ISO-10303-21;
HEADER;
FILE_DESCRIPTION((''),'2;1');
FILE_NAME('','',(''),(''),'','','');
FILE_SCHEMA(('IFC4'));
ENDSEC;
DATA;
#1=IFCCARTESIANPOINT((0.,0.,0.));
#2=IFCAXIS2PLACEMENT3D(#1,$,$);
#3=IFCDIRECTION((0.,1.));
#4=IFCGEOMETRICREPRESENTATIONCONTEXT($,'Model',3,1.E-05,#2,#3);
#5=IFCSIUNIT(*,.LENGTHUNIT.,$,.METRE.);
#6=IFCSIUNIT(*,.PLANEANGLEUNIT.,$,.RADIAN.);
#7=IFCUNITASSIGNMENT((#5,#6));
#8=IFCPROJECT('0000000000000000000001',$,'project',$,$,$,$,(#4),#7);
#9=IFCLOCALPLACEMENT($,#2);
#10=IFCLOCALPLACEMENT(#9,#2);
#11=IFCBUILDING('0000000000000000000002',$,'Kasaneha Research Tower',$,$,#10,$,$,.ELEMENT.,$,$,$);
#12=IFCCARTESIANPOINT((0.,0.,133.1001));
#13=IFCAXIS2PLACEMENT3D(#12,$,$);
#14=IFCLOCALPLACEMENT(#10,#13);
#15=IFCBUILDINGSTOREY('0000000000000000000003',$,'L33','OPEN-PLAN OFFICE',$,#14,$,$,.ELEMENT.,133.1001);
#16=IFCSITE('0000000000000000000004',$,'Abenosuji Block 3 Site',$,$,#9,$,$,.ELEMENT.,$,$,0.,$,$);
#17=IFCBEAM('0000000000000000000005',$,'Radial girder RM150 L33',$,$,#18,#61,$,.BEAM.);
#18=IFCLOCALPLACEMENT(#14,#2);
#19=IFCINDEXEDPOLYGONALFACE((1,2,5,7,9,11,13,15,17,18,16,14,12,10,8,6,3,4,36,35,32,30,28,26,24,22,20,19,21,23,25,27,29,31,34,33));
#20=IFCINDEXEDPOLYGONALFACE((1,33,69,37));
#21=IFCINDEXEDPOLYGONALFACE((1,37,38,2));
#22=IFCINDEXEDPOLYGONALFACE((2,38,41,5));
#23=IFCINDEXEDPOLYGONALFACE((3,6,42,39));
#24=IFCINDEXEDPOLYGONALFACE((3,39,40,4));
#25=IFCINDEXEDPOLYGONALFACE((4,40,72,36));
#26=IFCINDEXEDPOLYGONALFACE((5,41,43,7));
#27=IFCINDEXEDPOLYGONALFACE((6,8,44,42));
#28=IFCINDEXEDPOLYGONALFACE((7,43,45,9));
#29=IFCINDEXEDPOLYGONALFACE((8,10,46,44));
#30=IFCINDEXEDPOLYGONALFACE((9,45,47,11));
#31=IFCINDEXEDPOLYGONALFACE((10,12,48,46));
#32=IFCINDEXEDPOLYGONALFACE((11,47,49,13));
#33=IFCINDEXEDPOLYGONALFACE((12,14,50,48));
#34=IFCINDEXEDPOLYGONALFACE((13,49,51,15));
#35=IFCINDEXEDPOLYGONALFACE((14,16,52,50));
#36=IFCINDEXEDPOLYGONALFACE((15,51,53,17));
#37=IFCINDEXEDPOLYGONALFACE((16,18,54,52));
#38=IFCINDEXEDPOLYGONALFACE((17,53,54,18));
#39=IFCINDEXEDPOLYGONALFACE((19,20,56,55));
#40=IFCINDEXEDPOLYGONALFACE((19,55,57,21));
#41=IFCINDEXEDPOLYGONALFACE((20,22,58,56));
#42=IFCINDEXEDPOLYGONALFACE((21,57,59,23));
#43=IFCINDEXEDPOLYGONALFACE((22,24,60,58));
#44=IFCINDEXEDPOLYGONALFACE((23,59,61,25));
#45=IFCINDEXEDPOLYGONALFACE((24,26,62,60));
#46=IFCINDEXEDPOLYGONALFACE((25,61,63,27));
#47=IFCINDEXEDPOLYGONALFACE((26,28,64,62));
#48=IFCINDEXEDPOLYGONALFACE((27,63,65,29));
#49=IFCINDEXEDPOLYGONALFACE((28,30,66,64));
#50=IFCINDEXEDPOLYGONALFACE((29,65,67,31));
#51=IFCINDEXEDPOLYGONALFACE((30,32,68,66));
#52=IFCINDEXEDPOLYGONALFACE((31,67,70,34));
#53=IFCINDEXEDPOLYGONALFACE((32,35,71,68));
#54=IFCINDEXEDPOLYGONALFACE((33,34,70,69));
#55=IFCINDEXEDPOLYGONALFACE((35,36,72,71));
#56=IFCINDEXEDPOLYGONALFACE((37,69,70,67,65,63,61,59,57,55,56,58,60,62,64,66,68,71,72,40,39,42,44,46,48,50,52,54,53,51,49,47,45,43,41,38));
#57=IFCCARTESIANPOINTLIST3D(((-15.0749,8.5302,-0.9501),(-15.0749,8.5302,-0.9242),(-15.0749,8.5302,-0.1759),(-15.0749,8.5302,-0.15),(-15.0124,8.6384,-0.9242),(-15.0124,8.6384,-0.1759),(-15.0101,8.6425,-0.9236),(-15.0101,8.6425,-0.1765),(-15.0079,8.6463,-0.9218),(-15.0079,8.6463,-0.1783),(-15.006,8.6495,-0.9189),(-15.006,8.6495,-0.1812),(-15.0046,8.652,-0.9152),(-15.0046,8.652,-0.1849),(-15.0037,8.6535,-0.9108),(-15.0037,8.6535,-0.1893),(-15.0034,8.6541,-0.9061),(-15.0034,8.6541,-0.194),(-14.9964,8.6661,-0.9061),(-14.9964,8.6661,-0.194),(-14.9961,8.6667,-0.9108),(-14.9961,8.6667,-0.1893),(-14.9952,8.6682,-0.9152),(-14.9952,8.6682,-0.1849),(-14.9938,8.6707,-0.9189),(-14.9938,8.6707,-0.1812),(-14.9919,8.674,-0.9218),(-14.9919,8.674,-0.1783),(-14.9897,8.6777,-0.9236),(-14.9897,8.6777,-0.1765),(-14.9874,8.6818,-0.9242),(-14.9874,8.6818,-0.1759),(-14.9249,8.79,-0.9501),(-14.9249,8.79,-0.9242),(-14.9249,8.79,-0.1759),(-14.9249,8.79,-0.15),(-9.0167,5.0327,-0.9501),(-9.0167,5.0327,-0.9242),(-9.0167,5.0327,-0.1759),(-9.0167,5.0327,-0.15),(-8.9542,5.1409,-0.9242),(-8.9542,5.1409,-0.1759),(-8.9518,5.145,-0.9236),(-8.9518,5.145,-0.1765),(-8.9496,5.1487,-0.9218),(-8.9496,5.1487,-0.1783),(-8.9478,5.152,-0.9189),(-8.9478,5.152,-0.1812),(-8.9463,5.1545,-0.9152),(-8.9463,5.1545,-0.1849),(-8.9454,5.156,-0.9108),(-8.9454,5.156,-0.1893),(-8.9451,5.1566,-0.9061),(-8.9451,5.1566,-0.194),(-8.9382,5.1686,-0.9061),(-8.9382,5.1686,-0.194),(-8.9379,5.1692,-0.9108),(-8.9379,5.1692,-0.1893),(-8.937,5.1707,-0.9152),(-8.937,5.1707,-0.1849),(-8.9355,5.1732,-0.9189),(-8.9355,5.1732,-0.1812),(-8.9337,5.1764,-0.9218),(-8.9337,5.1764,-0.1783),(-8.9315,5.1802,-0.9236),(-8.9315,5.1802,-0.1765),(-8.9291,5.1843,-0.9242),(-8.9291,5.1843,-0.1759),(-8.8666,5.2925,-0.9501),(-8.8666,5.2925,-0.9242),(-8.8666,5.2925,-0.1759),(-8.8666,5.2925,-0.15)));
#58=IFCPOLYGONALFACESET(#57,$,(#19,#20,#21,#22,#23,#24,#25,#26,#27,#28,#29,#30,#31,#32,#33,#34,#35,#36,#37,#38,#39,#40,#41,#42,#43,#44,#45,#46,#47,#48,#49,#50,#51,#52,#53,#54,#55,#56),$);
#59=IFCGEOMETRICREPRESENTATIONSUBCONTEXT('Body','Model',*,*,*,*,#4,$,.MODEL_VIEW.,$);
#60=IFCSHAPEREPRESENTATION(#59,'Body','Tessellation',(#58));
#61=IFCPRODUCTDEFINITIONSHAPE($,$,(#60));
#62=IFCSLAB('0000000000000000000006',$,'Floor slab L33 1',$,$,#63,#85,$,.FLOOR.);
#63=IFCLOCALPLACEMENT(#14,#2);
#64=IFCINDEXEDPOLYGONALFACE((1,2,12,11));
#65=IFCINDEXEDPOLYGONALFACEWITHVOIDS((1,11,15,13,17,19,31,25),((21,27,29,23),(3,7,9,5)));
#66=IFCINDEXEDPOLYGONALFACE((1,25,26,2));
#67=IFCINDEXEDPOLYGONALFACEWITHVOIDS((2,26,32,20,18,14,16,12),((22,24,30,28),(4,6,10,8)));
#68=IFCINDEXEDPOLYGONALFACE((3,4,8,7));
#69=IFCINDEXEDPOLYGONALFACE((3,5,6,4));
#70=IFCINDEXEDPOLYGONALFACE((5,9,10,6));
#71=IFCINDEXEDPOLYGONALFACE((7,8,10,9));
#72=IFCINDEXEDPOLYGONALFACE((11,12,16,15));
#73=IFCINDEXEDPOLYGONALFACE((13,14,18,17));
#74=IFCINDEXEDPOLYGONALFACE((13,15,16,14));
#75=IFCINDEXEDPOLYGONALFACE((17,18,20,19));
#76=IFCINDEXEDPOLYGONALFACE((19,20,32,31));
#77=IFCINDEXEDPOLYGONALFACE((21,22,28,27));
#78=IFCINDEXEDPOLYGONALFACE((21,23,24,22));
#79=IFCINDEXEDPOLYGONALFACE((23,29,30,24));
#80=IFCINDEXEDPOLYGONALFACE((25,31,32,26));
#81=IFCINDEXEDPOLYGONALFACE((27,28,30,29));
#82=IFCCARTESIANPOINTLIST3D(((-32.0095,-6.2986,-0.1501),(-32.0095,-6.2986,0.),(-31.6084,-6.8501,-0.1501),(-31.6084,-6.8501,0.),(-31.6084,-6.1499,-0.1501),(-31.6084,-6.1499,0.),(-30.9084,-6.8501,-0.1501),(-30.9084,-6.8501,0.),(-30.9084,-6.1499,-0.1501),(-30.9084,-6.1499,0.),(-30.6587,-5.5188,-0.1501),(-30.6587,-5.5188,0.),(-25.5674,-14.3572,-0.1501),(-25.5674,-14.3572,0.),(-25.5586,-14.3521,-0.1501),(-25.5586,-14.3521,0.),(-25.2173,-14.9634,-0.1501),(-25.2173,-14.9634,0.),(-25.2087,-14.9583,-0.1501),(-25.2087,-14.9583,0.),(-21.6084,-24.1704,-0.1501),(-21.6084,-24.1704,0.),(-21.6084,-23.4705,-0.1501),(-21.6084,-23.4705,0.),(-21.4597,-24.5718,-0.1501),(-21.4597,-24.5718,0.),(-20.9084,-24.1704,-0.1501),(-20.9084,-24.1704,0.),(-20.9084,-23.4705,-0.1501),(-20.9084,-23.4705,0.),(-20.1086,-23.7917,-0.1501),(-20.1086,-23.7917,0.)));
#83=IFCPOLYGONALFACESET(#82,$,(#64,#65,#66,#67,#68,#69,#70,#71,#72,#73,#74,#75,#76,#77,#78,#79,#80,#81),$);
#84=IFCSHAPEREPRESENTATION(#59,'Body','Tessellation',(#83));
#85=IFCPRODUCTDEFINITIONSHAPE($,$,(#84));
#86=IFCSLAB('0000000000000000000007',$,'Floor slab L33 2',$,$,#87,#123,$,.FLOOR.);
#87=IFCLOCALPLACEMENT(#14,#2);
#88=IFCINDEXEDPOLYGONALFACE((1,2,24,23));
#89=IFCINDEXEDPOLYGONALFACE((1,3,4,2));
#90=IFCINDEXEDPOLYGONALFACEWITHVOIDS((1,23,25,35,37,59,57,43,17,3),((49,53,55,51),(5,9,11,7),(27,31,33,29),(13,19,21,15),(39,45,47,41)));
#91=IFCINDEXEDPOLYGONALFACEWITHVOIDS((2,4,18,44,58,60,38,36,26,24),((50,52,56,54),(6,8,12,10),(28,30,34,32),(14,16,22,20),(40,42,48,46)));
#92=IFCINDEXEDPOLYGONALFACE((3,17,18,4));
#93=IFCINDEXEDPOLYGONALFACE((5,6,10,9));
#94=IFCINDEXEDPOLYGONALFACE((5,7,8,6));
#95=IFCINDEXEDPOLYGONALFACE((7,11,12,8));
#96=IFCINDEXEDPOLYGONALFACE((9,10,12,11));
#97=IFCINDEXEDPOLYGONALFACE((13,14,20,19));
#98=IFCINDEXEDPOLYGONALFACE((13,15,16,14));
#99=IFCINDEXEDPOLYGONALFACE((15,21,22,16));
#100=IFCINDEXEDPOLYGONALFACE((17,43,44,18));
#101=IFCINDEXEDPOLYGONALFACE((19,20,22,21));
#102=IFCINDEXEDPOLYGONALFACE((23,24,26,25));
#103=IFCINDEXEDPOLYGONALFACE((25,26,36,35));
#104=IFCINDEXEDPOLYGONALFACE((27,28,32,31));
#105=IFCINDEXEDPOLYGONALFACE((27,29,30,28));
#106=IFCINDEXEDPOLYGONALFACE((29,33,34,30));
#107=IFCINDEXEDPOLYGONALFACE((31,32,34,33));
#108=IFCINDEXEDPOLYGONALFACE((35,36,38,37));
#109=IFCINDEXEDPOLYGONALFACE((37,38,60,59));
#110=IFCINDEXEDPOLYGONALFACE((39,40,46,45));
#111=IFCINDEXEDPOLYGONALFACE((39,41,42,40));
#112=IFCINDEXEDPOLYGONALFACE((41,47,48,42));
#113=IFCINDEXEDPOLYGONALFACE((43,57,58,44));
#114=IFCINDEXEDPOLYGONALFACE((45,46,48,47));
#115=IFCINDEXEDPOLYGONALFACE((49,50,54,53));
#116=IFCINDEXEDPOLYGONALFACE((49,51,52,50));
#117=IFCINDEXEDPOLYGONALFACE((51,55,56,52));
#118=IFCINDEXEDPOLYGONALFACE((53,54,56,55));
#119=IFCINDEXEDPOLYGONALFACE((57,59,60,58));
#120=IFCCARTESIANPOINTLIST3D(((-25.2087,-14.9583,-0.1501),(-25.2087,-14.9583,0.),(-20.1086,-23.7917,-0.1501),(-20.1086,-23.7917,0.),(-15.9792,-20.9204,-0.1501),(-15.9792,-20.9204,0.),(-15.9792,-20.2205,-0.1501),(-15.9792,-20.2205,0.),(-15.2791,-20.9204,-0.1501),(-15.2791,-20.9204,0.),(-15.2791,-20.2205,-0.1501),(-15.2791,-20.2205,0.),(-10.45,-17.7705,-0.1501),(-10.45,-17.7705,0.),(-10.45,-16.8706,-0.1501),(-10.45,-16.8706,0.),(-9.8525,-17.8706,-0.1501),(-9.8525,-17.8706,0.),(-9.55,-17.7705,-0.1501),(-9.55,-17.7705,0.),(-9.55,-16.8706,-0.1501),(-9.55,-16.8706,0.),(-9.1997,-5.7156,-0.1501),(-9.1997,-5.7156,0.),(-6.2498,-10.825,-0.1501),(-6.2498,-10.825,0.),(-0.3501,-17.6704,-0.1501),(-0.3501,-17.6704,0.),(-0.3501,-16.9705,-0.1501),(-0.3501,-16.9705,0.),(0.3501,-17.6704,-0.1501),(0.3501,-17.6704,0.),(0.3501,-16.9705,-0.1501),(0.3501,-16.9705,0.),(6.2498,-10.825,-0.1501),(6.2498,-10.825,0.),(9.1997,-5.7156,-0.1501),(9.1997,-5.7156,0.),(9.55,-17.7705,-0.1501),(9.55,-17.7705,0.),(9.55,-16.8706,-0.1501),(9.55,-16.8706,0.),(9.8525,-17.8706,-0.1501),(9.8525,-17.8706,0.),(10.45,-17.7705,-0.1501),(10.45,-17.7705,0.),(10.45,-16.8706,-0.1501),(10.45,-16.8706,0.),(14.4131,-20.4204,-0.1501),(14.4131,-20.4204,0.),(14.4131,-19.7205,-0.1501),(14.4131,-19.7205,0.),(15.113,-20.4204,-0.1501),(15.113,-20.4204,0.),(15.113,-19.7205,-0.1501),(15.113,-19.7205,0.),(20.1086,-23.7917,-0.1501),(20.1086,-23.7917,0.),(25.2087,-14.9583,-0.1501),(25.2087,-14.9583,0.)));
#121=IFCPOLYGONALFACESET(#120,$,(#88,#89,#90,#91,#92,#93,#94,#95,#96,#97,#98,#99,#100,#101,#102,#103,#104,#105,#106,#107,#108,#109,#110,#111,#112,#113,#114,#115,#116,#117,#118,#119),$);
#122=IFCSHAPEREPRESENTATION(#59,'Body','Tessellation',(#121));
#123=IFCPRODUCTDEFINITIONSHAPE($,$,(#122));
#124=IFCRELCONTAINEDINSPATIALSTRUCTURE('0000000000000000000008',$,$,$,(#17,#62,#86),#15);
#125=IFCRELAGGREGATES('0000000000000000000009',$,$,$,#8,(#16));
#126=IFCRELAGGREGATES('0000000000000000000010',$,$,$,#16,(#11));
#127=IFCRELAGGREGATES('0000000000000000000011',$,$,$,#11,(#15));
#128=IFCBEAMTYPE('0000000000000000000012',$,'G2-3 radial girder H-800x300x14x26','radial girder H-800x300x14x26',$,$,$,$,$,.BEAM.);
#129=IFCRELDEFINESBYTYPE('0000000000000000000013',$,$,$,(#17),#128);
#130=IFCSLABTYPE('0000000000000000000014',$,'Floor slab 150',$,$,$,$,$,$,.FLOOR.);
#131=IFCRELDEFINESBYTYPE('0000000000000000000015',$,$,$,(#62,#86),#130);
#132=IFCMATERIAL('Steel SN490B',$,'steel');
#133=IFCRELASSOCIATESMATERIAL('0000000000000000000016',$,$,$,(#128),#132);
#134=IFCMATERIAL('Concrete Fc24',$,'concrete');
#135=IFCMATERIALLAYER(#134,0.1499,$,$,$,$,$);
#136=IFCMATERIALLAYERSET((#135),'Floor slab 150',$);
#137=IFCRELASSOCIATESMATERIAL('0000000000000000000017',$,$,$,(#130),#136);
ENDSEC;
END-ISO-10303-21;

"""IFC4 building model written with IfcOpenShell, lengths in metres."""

from ifc_helpers import new_model, si_unit, direction, frame, origin, origin_2d, place, context, subcontext, project, spatial, polyline, i_section, outline, extrude, material, layer, layer_set, material_profile, profile_set, type_object, element, save


model = new_model("IFC4")

# Units and contexts
model_context = context("Model", 3, precision=1e-05, world=origin(), true_north=direction((0.0, 1.0)))
body_context = subcontext(model_context, "Body", "Model", "MODEL_VIEW")
ifc_project = project(units=[si_unit("LENGTHUNIT", "METRE"), si_unit("PLANEANGLEUNIT", "RADIAN")], contexts=[model_context])

# Site, building, storey
site_placement = place(None, origin())
site = spatial("IfcSite", under=ifc_project, at=site_placement, Name="Abenosuji Block 3 Site", CompositionType="ELEMENT", RefElevation=0.0)
building_placement = place(site_placement, origin())
building = spatial("IfcBuilding", under=site, at=building_placement, Name="Kasaneha Research Tower", CompositionType="ELEMENT")
storey_placement = place(building_placement, frame((0.0, 0.0, 133.1001)))
storey = spatial("IfcBuildingStorey", under=building, at=storey_placement, Name="L33", Description="OPEN-PLAN OFFICE", CompositionType="ELEMENT", Elevation=133.1001)

# Beam
ifc_material_1 = material(Name="Steel SN490B", Category="steel")
ifc_material_profile = material_profile(ifc_material_1, i_section(OverallWidth=0.3, OverallDepth=0.8, WebThickness=0.0139, FlangeThickness=0.0259, FilletRadius=0.0181, at=origin_2d()), Name="H-800x300x14x26")
ifc_profile_set = profile_set([ifc_material_profile], Name="Steel SN490B")
beam_type = type_object("IfcBeamType", Name="G2-3 radial girder H-800x300x14x26", Description="radial girder H-800x300x14x26", PredefinedType="BEAM", material=ifc_profile_set)
beam_placement = place(storey_placement, frame((-8.9417, 5.1626, -0.55), z_axis=(-0.86604, 0.499975, 0.0), x_axis=(-0.499975, -0.86604, 0.0)))
element("IfcBeam", 1, at=beam_placement, inside=storey, type_object=beam_type, Name="Radial girder RM150 L33", PredefinedType="BEAM", context=body_context, shape_type="SweptSolid", body=[
    extrude(i_section(OverallWidth=0.3, OverallDepth=0.8, WebThickness=0.0139, FlangeThickness=0.0259, FilletRadius=0.0181, at=origin_2d()), origin(), (0.0, 0.0, 1.0), 6.9954),
])

# Slabs
ifc_material_2 = material(Name="Concrete Fc24", Category="concrete")
ifc_layer_1 = layer(ifc_material_2, 0.1499)
ifc_layer_set_1 = layer_set([ifc_layer_1], Name="Floor slab 150")
slab_type = type_object("IfcSlabType", Name="Floor slab 150", PredefinedType="FLOOR", material=ifc_layer_set_1)
slab_1_placement = place(storey_placement, frame((0.0, 0.0, -0.1501)))
element("IfcSlab", 2, at=slab_1_placement, inside=storey, type_object=slab_type, Name="Floor slab L33 1", PredefinedType="FLOOR", context=body_context, shape_type="SweptSolid", body=[
    extrude(outline(polyline([(-25.5586, -14.3521), (-25.5674, -14.3572), (-25.2173, -14.9634), (-25.2087, -14.9583), (-20.1086, -23.7917), (-21.4597, -24.5718), (-32.0095, -6.2986), (-30.6587, -5.5188), (-25.5586, -14.3521)]), holes=[polyline([(-21.6084, -24.1704), (-20.9084, -24.1704), (-20.9084, -23.4705), (-21.6084, -23.4705), (-21.6084, -24.1704)]), polyline([(-31.6084, -6.8501), (-30.9084, -6.8501), (-30.9084, -6.1499), (-31.6084, -6.1499), (-31.6084, -6.8501)])]), origin(), (0.0, 0.0, 1.0), 0.1501),
])
slab_2_placement = place(storey_placement, frame((0.0, 0.0, -0.1501)))
element("IfcSlab", 3, at=slab_2_placement, inside=storey, type_object=slab_type, Name="Floor slab L33 2", PredefinedType="FLOOR", context=body_context, shape_type="SweptSolid", body=[
    extrude(outline(polyline([(9.8525, -17.8706), (-9.8525, -17.8706), (-20.1086, -23.7917), (-25.2087, -14.9583), (-9.1997, -5.7156), (-6.2498, -10.825), (6.2498, -10.825), (9.1997, -5.7156), (25.2087, -14.9583), (20.1086, -23.7917), (9.8525, -17.8706)]), holes=[polyline([(-15.9792, -20.9204), (-15.2791, -20.9204), (-15.2791, -20.2205), (-15.9792, -20.2205), (-15.9792, -20.9204)]), polyline([(-0.3501, -17.6704), (0.3501, -17.6704), (0.3501, -16.9705), (-0.3501, -16.9705), (-0.3501, -17.6704)]), polyline([(-10.45, -16.8706), (-10.45, -17.7705), (-9.55, -17.7705), (-9.55, -16.8706), (-10.45, -16.8706)]), polyline([(14.4131, -20.4204), (15.113, -20.4204), (15.113, -19.7205), (14.4131, -19.7205), (14.4131, -20.4204)]), polyline([(9.55, -16.8706), (9.55, -17.7705), (10.45, -17.7705), (10.45, -16.8706), (9.55, -16.8706)])]), origin(), (0.0, 0.0, 1.0), 0.1501),
])

save(model, "model.ifc")
